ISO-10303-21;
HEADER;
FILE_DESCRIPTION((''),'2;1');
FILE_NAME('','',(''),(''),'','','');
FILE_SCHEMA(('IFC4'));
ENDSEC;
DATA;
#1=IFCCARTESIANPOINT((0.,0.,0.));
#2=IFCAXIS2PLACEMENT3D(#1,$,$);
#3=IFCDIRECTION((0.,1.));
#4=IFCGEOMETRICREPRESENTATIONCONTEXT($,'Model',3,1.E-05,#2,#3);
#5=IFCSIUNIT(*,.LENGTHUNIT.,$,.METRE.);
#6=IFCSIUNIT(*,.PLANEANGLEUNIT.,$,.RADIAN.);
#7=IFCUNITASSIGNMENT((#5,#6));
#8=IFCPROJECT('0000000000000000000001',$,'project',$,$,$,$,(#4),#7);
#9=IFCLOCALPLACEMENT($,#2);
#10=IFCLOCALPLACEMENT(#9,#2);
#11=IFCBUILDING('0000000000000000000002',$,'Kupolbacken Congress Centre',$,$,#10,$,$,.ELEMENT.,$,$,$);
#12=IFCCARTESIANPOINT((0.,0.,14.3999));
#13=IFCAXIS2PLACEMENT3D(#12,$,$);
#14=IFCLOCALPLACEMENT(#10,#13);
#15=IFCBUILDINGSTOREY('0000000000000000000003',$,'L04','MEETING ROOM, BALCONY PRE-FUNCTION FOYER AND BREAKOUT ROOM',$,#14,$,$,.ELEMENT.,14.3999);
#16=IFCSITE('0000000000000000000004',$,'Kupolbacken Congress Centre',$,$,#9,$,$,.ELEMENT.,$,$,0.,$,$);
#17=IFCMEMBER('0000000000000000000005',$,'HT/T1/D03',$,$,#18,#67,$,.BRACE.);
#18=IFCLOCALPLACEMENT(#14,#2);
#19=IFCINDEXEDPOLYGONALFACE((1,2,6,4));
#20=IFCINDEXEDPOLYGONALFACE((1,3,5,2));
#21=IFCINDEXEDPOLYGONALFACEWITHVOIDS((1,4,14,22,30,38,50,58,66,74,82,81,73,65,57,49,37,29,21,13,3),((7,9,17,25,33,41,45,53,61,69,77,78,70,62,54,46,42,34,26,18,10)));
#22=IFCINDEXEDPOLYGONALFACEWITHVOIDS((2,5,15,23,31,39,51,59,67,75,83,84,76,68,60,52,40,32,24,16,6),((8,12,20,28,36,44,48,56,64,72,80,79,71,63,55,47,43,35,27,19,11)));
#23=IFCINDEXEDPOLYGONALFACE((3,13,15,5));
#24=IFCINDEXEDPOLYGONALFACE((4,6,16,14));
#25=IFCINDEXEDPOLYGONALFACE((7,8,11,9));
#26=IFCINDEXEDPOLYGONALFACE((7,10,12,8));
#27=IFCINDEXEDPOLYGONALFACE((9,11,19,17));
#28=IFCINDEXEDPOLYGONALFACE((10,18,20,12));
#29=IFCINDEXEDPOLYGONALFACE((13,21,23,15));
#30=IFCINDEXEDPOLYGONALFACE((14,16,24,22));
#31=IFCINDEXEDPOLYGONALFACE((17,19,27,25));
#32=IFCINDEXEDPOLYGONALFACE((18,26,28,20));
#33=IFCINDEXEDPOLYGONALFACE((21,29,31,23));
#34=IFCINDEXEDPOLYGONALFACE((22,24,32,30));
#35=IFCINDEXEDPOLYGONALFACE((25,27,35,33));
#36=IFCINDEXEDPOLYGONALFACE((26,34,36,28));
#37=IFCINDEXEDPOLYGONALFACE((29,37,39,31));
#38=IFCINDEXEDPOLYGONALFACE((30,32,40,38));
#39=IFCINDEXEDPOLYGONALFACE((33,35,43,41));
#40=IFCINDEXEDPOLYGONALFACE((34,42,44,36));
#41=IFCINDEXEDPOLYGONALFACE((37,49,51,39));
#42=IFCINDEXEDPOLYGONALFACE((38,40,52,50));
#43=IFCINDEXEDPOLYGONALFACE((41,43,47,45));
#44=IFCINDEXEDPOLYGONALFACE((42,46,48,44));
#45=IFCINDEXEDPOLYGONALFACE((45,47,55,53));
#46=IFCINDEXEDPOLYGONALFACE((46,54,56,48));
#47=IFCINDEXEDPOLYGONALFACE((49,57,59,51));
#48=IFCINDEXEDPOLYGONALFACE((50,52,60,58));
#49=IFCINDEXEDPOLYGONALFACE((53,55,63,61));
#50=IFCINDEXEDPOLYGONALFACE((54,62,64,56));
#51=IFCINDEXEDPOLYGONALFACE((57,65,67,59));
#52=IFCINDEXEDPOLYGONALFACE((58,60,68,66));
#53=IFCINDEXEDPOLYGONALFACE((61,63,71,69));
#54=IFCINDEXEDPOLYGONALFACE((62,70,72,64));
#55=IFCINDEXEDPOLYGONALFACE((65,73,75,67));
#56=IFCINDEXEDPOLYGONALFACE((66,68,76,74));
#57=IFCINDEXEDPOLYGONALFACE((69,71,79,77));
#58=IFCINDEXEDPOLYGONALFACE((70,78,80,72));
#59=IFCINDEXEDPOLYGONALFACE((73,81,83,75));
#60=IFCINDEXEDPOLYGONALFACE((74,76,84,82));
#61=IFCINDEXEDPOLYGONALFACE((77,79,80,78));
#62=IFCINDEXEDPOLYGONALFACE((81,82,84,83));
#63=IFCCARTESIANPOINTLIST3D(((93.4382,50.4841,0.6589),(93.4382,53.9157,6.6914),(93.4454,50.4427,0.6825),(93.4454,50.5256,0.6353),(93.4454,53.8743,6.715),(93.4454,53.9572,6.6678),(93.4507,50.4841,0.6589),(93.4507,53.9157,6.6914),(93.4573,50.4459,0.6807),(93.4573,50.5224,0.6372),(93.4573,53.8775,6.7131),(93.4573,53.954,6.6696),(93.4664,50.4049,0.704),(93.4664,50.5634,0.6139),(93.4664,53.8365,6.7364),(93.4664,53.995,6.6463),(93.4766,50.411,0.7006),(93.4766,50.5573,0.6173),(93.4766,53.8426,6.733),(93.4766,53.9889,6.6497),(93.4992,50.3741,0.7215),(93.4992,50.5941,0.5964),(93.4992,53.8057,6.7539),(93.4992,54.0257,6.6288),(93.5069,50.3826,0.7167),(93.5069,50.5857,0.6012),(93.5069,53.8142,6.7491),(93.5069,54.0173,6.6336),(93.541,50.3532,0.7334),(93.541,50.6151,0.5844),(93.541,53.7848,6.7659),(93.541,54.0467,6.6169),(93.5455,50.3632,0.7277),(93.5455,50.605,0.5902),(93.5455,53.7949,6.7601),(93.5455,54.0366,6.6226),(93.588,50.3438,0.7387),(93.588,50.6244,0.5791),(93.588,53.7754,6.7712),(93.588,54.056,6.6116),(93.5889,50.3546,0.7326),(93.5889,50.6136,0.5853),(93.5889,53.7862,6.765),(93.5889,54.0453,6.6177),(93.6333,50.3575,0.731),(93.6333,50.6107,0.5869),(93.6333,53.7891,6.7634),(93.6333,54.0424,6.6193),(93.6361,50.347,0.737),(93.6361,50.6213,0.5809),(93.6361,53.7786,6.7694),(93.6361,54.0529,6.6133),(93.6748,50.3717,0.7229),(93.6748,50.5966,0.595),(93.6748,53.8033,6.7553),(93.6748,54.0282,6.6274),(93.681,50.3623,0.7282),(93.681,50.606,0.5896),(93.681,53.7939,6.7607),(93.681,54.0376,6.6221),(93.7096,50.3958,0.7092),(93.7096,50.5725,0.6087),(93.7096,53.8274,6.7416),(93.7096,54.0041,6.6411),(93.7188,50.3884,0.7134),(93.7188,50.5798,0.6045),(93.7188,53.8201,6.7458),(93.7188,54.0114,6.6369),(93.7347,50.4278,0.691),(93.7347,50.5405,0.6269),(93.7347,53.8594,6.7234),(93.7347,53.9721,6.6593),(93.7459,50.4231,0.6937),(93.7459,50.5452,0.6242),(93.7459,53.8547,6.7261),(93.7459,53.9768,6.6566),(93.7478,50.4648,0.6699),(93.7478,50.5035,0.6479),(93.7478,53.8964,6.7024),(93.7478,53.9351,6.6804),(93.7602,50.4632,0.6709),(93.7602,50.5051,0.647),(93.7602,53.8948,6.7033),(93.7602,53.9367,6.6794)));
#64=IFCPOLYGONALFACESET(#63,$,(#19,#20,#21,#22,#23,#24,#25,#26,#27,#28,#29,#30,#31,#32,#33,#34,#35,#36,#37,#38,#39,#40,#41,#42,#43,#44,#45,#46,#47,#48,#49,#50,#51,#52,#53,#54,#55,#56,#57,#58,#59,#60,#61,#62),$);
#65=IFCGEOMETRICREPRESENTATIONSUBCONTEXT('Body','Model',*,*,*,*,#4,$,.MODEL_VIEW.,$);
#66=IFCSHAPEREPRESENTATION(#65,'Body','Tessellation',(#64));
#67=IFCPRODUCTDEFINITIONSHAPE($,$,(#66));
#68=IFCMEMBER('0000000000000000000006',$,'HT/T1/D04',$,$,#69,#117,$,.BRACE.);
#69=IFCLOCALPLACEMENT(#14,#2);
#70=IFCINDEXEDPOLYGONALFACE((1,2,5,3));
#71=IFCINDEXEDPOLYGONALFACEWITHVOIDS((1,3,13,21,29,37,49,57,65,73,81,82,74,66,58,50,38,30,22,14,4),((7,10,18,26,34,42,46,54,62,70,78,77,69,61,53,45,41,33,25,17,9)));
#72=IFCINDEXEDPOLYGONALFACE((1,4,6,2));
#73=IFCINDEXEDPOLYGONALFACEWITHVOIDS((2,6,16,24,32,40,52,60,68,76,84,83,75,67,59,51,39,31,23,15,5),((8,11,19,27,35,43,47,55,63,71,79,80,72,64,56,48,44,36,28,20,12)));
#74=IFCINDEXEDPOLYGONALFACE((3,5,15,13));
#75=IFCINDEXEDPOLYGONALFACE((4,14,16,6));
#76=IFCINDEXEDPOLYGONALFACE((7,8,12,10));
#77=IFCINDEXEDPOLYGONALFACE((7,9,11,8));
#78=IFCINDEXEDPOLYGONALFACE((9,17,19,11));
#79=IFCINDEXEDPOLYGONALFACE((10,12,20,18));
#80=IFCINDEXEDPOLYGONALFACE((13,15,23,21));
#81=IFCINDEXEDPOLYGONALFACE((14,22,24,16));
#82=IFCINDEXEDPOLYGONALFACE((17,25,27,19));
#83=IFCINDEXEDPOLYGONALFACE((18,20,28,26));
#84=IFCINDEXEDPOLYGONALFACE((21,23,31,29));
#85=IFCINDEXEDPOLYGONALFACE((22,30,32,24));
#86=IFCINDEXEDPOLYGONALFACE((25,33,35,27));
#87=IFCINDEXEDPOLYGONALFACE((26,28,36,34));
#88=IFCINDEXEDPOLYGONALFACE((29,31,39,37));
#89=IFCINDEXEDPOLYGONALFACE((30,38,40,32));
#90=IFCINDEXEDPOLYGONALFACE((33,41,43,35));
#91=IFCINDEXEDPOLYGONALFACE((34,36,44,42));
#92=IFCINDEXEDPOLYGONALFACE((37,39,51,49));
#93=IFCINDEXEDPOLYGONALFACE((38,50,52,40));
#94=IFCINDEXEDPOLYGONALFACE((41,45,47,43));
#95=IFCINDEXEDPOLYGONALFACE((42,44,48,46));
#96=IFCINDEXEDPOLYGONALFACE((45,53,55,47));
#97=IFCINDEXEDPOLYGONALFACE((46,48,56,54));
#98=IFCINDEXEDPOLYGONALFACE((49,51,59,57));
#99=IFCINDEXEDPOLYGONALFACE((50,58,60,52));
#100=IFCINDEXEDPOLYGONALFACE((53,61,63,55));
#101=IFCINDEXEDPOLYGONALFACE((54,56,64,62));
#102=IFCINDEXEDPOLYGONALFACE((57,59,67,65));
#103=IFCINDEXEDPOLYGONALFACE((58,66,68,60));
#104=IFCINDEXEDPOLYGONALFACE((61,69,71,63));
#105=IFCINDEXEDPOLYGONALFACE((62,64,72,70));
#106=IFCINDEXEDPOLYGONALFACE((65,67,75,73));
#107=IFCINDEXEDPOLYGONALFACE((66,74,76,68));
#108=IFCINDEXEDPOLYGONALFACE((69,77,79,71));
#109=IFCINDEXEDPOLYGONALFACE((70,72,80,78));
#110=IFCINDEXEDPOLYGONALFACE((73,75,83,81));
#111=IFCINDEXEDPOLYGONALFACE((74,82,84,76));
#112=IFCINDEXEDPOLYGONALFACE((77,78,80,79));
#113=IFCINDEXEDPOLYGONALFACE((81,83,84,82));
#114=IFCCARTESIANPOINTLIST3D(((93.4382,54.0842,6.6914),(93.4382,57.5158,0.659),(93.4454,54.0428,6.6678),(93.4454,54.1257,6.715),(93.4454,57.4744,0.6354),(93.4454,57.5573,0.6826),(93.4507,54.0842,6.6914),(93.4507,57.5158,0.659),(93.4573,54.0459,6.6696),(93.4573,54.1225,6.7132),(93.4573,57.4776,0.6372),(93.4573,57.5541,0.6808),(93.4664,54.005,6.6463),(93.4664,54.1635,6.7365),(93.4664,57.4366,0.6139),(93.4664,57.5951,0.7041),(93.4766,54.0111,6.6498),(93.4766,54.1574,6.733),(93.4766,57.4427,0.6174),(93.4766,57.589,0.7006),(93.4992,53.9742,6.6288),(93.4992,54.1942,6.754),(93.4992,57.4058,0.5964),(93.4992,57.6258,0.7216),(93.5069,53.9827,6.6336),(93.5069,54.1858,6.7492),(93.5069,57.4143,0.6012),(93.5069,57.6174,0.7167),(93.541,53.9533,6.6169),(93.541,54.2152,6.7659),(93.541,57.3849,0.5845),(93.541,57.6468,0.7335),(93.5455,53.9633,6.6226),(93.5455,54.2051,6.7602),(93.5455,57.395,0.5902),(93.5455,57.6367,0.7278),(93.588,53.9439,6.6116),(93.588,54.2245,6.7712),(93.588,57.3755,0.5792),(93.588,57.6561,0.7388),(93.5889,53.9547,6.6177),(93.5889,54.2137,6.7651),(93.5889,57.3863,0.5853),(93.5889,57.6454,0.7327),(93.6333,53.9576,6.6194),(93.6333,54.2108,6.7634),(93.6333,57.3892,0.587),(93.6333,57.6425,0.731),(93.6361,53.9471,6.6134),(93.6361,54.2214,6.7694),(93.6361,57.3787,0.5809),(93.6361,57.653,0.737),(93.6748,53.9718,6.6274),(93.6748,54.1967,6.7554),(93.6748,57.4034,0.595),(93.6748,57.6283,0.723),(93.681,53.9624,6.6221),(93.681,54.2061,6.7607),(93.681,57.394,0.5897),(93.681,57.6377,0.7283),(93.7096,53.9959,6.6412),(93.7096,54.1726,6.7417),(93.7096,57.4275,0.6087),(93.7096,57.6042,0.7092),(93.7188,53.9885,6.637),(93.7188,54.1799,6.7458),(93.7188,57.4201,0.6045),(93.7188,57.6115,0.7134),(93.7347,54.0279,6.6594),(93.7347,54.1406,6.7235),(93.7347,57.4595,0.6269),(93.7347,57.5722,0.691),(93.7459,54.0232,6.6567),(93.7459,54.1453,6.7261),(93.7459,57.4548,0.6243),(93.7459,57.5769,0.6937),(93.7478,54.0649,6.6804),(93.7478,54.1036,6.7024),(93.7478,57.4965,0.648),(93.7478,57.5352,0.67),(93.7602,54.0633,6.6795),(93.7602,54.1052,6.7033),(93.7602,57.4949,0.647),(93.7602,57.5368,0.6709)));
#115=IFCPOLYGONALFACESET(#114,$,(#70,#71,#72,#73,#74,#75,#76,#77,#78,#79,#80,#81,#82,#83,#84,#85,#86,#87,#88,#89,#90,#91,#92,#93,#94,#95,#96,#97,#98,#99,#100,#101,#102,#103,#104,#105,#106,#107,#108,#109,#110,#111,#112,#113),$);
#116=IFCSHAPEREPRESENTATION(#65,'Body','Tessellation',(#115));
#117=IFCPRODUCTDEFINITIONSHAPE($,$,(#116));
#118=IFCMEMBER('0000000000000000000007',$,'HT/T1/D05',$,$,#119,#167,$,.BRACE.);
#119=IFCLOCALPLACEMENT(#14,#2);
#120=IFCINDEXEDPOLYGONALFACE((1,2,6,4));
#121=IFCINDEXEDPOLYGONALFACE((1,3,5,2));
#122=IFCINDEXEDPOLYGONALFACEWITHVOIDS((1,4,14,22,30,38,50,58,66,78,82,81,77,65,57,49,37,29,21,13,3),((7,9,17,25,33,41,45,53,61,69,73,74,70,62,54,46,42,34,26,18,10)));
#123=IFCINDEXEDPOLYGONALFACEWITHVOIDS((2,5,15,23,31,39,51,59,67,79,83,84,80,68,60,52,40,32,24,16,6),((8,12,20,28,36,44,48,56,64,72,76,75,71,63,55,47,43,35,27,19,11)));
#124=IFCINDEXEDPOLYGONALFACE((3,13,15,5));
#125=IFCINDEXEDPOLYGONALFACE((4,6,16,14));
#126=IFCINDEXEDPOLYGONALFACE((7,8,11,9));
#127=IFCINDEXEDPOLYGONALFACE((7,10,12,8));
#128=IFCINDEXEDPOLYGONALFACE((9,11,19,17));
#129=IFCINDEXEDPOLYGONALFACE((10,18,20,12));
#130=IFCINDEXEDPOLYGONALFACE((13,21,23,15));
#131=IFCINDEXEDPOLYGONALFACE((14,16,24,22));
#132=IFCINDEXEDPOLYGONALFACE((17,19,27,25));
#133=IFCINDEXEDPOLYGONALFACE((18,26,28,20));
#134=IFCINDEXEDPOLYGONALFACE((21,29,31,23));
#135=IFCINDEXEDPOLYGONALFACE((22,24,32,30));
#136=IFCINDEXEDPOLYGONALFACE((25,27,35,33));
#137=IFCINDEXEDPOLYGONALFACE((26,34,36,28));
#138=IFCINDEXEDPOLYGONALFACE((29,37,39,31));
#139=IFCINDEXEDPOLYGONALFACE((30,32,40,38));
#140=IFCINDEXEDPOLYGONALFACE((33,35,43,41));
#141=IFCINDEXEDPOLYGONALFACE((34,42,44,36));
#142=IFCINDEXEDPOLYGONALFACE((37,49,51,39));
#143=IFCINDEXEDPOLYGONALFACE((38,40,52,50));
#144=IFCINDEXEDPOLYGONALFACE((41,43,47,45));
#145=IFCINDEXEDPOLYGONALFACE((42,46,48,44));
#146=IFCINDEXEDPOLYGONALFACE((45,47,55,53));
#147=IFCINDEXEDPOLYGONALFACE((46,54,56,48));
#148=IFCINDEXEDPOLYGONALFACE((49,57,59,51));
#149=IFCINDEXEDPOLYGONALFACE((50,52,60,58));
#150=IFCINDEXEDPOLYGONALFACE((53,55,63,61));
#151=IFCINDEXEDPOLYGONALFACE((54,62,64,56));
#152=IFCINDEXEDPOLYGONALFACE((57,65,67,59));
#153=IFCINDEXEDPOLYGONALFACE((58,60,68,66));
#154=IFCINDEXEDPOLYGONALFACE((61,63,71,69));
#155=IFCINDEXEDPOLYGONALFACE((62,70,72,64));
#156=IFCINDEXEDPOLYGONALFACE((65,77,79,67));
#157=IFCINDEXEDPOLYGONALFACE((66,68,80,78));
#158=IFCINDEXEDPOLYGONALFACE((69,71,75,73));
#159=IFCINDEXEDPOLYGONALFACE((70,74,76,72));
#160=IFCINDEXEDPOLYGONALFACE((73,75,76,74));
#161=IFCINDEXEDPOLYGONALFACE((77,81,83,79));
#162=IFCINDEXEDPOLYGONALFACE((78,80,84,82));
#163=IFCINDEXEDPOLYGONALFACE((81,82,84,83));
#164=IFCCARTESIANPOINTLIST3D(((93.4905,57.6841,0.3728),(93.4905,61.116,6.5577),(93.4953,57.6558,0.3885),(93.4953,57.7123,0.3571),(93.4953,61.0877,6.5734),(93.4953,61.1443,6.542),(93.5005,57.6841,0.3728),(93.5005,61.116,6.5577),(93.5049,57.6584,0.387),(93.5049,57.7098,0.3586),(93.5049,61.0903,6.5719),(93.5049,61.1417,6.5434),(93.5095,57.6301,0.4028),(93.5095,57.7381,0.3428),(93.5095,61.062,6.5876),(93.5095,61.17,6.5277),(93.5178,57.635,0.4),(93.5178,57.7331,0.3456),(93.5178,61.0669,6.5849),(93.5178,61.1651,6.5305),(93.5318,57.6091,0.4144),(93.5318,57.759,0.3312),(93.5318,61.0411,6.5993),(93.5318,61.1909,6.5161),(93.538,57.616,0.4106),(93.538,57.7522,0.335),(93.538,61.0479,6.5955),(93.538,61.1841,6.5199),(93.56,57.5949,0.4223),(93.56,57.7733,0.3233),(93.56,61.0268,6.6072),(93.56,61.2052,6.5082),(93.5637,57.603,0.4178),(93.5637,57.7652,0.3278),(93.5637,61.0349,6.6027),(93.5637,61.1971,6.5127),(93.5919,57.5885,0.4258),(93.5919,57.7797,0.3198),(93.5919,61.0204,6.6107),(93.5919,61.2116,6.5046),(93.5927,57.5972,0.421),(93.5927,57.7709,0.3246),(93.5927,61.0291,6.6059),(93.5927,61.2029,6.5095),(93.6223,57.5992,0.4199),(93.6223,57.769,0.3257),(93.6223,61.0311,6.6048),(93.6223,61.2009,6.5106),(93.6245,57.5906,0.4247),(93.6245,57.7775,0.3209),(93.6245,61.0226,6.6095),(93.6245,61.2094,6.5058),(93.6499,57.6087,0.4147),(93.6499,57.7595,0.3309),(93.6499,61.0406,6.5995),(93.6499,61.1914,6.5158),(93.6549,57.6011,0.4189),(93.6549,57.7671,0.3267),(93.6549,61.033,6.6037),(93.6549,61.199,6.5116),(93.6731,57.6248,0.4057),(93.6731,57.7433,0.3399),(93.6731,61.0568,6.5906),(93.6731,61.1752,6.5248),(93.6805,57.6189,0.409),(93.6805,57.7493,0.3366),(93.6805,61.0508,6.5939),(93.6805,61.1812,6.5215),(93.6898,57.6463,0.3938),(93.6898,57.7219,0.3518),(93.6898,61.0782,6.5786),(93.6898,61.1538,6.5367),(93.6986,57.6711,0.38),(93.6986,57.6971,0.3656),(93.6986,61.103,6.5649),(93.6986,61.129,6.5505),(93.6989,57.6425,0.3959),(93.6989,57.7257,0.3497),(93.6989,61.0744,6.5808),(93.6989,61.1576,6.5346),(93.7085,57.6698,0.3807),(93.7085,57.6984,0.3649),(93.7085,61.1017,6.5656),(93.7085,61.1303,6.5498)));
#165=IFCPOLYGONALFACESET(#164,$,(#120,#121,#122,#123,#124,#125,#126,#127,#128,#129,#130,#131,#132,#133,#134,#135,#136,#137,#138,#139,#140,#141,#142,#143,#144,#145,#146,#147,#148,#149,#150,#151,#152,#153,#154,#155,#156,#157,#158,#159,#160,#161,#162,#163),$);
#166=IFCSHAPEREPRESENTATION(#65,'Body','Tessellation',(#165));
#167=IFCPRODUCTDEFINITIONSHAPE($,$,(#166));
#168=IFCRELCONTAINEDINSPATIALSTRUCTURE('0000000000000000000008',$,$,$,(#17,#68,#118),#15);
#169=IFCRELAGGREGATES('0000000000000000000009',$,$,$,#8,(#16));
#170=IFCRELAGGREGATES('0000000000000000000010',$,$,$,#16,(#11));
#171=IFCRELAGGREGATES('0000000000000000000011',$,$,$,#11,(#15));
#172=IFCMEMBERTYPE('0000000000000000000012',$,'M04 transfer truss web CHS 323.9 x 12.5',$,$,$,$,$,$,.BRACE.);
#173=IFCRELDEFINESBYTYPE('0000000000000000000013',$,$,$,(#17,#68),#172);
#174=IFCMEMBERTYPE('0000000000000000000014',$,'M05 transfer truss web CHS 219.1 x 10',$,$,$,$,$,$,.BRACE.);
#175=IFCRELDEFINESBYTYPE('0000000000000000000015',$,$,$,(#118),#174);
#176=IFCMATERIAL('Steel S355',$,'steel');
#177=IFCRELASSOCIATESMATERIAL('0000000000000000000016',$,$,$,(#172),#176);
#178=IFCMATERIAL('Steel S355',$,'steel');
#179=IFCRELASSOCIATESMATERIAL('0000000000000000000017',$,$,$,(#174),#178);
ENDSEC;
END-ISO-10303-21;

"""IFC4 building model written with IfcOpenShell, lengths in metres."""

from ifc_helpers import new_model, si_unit, direction, frame, origin, origin_2d, place, context, subcontext, project, spatial, hollow_circle, extrude, material, material_profile, profile_set, type_object, element, save


model = new_model("IFC4")

# Units and contexts
model_context = context("Model", 3, precision=1e-05, world=origin(), true_north=direction((0.0, 1.0)))
body_context = subcontext(model_context, "Body", "Model", "MODEL_VIEW")
ifc_project = project(units=[si_unit("LENGTHUNIT", "METRE"), si_unit("PLANEANGLEUNIT", "RADIAN")], contexts=[model_context])

# Site, building, storey
site_placement = place(None, origin())
site = spatial("IfcSite", under=ifc_project, at=site_placement, Name="Kupolbacken Congress Centre", CompositionType="ELEMENT", RefElevation=0.0)
building_placement = place(site_placement, origin())
building = spatial("IfcBuilding", under=site, at=building_placement, Name="Kupolbacken Congress Centre", CompositionType="ELEMENT")
storey_placement = place(building_placement, frame((0.0, 0.0, 14.3999)))
storey = spatial("IfcBuildingStorey", under=building, at=storey_placement, Name="L04", Description="MEETING ROOM, BALCONY PRE-FUNCTION FOYER AND BREAKOUT ROOM", CompositionType="ELEMENT", Elevation=14.3999)

# Members
ifc_material_1 = material(Name="Steel S355", Category="steel")
ifc_material_profile_1 = material_profile(ifc_material_1, hollow_circle(Radius=0.1619, WallThickness=0.0125, at=origin_2d()), Name="CHS 323.9 x 12.5")
ifc_profile_set_1 = profile_set([ifc_material_profile_1], Name="Steel S355")
member_type_1 = type_object("IfcMemberType", Name="M04 transfer truss web CHS 323.9 x 12.5", PredefinedType="BRACE", material=ifc_profile_set_1)
for number, where, z_axis, x_axis, name in (
    (1, (93.6001, 50.4841, 0.6589), (0.0, 0.494456, 0.869203), (-1.0, 0.0, 0.0), "HT/T1/D03"),
    (2, (93.6001, 54.0842, 6.6914), (0.0, 0.494456, -0.869203), (-1.0, 0.0, 0.0), "HT/T1/D04"),
):
    element("IfcMember", number, at=place(storey_placement, frame(where, z_axis=z_axis, x_axis=x_axis)), inside=storey, type_object=member_type_1, Name=name, PredefinedType="BRACE", context=body_context, shape_type="SweptSolid", body=[
        extrude(hollow_circle(Radius=0.1619, WallThickness=0.0125, at=origin_2d()), origin(), (0.0, 0.0, 1.0), 6.9402),
    ])
ifc_material_2 = material(Name="Steel S355", Category="steel")
ifc_material_profile_2 = material_profile(ifc_material_2, hollow_circle(Radius=0.1096, WallThickness=0.01, at=origin_2d()), Name="CHS 219.1 x 10")
ifc_profile_set_2 = profile_set([ifc_material_profile_2], Name="Steel S355")
member_type_2 = type_object("IfcMemberType", Name="M05 transfer truss web CHS 219.1 x 10", PredefinedType="BRACE", material=ifc_profile_set_2)
member_1_placement = place(storey_placement, frame((93.6001, 57.6841, 0.3728), z_axis=(0.0, 0.485197, 0.874405), x_axis=(-1.0, 0.0, 0.0)))
element("IfcMember", 3, at=member_1_placement, inside=storey, type_object=member_type_2, Name="HT/T1/D05", PredefinedType="BRACE", context=body_context, shape_type="SweptSolid", body=[
    extrude(hollow_circle(Radius=0.1096, WallThickness=0.01, at=origin_2d()), origin(), (0.0, 0.0, 1.0), 7.0732),
])

save(model, "model.ifc")
